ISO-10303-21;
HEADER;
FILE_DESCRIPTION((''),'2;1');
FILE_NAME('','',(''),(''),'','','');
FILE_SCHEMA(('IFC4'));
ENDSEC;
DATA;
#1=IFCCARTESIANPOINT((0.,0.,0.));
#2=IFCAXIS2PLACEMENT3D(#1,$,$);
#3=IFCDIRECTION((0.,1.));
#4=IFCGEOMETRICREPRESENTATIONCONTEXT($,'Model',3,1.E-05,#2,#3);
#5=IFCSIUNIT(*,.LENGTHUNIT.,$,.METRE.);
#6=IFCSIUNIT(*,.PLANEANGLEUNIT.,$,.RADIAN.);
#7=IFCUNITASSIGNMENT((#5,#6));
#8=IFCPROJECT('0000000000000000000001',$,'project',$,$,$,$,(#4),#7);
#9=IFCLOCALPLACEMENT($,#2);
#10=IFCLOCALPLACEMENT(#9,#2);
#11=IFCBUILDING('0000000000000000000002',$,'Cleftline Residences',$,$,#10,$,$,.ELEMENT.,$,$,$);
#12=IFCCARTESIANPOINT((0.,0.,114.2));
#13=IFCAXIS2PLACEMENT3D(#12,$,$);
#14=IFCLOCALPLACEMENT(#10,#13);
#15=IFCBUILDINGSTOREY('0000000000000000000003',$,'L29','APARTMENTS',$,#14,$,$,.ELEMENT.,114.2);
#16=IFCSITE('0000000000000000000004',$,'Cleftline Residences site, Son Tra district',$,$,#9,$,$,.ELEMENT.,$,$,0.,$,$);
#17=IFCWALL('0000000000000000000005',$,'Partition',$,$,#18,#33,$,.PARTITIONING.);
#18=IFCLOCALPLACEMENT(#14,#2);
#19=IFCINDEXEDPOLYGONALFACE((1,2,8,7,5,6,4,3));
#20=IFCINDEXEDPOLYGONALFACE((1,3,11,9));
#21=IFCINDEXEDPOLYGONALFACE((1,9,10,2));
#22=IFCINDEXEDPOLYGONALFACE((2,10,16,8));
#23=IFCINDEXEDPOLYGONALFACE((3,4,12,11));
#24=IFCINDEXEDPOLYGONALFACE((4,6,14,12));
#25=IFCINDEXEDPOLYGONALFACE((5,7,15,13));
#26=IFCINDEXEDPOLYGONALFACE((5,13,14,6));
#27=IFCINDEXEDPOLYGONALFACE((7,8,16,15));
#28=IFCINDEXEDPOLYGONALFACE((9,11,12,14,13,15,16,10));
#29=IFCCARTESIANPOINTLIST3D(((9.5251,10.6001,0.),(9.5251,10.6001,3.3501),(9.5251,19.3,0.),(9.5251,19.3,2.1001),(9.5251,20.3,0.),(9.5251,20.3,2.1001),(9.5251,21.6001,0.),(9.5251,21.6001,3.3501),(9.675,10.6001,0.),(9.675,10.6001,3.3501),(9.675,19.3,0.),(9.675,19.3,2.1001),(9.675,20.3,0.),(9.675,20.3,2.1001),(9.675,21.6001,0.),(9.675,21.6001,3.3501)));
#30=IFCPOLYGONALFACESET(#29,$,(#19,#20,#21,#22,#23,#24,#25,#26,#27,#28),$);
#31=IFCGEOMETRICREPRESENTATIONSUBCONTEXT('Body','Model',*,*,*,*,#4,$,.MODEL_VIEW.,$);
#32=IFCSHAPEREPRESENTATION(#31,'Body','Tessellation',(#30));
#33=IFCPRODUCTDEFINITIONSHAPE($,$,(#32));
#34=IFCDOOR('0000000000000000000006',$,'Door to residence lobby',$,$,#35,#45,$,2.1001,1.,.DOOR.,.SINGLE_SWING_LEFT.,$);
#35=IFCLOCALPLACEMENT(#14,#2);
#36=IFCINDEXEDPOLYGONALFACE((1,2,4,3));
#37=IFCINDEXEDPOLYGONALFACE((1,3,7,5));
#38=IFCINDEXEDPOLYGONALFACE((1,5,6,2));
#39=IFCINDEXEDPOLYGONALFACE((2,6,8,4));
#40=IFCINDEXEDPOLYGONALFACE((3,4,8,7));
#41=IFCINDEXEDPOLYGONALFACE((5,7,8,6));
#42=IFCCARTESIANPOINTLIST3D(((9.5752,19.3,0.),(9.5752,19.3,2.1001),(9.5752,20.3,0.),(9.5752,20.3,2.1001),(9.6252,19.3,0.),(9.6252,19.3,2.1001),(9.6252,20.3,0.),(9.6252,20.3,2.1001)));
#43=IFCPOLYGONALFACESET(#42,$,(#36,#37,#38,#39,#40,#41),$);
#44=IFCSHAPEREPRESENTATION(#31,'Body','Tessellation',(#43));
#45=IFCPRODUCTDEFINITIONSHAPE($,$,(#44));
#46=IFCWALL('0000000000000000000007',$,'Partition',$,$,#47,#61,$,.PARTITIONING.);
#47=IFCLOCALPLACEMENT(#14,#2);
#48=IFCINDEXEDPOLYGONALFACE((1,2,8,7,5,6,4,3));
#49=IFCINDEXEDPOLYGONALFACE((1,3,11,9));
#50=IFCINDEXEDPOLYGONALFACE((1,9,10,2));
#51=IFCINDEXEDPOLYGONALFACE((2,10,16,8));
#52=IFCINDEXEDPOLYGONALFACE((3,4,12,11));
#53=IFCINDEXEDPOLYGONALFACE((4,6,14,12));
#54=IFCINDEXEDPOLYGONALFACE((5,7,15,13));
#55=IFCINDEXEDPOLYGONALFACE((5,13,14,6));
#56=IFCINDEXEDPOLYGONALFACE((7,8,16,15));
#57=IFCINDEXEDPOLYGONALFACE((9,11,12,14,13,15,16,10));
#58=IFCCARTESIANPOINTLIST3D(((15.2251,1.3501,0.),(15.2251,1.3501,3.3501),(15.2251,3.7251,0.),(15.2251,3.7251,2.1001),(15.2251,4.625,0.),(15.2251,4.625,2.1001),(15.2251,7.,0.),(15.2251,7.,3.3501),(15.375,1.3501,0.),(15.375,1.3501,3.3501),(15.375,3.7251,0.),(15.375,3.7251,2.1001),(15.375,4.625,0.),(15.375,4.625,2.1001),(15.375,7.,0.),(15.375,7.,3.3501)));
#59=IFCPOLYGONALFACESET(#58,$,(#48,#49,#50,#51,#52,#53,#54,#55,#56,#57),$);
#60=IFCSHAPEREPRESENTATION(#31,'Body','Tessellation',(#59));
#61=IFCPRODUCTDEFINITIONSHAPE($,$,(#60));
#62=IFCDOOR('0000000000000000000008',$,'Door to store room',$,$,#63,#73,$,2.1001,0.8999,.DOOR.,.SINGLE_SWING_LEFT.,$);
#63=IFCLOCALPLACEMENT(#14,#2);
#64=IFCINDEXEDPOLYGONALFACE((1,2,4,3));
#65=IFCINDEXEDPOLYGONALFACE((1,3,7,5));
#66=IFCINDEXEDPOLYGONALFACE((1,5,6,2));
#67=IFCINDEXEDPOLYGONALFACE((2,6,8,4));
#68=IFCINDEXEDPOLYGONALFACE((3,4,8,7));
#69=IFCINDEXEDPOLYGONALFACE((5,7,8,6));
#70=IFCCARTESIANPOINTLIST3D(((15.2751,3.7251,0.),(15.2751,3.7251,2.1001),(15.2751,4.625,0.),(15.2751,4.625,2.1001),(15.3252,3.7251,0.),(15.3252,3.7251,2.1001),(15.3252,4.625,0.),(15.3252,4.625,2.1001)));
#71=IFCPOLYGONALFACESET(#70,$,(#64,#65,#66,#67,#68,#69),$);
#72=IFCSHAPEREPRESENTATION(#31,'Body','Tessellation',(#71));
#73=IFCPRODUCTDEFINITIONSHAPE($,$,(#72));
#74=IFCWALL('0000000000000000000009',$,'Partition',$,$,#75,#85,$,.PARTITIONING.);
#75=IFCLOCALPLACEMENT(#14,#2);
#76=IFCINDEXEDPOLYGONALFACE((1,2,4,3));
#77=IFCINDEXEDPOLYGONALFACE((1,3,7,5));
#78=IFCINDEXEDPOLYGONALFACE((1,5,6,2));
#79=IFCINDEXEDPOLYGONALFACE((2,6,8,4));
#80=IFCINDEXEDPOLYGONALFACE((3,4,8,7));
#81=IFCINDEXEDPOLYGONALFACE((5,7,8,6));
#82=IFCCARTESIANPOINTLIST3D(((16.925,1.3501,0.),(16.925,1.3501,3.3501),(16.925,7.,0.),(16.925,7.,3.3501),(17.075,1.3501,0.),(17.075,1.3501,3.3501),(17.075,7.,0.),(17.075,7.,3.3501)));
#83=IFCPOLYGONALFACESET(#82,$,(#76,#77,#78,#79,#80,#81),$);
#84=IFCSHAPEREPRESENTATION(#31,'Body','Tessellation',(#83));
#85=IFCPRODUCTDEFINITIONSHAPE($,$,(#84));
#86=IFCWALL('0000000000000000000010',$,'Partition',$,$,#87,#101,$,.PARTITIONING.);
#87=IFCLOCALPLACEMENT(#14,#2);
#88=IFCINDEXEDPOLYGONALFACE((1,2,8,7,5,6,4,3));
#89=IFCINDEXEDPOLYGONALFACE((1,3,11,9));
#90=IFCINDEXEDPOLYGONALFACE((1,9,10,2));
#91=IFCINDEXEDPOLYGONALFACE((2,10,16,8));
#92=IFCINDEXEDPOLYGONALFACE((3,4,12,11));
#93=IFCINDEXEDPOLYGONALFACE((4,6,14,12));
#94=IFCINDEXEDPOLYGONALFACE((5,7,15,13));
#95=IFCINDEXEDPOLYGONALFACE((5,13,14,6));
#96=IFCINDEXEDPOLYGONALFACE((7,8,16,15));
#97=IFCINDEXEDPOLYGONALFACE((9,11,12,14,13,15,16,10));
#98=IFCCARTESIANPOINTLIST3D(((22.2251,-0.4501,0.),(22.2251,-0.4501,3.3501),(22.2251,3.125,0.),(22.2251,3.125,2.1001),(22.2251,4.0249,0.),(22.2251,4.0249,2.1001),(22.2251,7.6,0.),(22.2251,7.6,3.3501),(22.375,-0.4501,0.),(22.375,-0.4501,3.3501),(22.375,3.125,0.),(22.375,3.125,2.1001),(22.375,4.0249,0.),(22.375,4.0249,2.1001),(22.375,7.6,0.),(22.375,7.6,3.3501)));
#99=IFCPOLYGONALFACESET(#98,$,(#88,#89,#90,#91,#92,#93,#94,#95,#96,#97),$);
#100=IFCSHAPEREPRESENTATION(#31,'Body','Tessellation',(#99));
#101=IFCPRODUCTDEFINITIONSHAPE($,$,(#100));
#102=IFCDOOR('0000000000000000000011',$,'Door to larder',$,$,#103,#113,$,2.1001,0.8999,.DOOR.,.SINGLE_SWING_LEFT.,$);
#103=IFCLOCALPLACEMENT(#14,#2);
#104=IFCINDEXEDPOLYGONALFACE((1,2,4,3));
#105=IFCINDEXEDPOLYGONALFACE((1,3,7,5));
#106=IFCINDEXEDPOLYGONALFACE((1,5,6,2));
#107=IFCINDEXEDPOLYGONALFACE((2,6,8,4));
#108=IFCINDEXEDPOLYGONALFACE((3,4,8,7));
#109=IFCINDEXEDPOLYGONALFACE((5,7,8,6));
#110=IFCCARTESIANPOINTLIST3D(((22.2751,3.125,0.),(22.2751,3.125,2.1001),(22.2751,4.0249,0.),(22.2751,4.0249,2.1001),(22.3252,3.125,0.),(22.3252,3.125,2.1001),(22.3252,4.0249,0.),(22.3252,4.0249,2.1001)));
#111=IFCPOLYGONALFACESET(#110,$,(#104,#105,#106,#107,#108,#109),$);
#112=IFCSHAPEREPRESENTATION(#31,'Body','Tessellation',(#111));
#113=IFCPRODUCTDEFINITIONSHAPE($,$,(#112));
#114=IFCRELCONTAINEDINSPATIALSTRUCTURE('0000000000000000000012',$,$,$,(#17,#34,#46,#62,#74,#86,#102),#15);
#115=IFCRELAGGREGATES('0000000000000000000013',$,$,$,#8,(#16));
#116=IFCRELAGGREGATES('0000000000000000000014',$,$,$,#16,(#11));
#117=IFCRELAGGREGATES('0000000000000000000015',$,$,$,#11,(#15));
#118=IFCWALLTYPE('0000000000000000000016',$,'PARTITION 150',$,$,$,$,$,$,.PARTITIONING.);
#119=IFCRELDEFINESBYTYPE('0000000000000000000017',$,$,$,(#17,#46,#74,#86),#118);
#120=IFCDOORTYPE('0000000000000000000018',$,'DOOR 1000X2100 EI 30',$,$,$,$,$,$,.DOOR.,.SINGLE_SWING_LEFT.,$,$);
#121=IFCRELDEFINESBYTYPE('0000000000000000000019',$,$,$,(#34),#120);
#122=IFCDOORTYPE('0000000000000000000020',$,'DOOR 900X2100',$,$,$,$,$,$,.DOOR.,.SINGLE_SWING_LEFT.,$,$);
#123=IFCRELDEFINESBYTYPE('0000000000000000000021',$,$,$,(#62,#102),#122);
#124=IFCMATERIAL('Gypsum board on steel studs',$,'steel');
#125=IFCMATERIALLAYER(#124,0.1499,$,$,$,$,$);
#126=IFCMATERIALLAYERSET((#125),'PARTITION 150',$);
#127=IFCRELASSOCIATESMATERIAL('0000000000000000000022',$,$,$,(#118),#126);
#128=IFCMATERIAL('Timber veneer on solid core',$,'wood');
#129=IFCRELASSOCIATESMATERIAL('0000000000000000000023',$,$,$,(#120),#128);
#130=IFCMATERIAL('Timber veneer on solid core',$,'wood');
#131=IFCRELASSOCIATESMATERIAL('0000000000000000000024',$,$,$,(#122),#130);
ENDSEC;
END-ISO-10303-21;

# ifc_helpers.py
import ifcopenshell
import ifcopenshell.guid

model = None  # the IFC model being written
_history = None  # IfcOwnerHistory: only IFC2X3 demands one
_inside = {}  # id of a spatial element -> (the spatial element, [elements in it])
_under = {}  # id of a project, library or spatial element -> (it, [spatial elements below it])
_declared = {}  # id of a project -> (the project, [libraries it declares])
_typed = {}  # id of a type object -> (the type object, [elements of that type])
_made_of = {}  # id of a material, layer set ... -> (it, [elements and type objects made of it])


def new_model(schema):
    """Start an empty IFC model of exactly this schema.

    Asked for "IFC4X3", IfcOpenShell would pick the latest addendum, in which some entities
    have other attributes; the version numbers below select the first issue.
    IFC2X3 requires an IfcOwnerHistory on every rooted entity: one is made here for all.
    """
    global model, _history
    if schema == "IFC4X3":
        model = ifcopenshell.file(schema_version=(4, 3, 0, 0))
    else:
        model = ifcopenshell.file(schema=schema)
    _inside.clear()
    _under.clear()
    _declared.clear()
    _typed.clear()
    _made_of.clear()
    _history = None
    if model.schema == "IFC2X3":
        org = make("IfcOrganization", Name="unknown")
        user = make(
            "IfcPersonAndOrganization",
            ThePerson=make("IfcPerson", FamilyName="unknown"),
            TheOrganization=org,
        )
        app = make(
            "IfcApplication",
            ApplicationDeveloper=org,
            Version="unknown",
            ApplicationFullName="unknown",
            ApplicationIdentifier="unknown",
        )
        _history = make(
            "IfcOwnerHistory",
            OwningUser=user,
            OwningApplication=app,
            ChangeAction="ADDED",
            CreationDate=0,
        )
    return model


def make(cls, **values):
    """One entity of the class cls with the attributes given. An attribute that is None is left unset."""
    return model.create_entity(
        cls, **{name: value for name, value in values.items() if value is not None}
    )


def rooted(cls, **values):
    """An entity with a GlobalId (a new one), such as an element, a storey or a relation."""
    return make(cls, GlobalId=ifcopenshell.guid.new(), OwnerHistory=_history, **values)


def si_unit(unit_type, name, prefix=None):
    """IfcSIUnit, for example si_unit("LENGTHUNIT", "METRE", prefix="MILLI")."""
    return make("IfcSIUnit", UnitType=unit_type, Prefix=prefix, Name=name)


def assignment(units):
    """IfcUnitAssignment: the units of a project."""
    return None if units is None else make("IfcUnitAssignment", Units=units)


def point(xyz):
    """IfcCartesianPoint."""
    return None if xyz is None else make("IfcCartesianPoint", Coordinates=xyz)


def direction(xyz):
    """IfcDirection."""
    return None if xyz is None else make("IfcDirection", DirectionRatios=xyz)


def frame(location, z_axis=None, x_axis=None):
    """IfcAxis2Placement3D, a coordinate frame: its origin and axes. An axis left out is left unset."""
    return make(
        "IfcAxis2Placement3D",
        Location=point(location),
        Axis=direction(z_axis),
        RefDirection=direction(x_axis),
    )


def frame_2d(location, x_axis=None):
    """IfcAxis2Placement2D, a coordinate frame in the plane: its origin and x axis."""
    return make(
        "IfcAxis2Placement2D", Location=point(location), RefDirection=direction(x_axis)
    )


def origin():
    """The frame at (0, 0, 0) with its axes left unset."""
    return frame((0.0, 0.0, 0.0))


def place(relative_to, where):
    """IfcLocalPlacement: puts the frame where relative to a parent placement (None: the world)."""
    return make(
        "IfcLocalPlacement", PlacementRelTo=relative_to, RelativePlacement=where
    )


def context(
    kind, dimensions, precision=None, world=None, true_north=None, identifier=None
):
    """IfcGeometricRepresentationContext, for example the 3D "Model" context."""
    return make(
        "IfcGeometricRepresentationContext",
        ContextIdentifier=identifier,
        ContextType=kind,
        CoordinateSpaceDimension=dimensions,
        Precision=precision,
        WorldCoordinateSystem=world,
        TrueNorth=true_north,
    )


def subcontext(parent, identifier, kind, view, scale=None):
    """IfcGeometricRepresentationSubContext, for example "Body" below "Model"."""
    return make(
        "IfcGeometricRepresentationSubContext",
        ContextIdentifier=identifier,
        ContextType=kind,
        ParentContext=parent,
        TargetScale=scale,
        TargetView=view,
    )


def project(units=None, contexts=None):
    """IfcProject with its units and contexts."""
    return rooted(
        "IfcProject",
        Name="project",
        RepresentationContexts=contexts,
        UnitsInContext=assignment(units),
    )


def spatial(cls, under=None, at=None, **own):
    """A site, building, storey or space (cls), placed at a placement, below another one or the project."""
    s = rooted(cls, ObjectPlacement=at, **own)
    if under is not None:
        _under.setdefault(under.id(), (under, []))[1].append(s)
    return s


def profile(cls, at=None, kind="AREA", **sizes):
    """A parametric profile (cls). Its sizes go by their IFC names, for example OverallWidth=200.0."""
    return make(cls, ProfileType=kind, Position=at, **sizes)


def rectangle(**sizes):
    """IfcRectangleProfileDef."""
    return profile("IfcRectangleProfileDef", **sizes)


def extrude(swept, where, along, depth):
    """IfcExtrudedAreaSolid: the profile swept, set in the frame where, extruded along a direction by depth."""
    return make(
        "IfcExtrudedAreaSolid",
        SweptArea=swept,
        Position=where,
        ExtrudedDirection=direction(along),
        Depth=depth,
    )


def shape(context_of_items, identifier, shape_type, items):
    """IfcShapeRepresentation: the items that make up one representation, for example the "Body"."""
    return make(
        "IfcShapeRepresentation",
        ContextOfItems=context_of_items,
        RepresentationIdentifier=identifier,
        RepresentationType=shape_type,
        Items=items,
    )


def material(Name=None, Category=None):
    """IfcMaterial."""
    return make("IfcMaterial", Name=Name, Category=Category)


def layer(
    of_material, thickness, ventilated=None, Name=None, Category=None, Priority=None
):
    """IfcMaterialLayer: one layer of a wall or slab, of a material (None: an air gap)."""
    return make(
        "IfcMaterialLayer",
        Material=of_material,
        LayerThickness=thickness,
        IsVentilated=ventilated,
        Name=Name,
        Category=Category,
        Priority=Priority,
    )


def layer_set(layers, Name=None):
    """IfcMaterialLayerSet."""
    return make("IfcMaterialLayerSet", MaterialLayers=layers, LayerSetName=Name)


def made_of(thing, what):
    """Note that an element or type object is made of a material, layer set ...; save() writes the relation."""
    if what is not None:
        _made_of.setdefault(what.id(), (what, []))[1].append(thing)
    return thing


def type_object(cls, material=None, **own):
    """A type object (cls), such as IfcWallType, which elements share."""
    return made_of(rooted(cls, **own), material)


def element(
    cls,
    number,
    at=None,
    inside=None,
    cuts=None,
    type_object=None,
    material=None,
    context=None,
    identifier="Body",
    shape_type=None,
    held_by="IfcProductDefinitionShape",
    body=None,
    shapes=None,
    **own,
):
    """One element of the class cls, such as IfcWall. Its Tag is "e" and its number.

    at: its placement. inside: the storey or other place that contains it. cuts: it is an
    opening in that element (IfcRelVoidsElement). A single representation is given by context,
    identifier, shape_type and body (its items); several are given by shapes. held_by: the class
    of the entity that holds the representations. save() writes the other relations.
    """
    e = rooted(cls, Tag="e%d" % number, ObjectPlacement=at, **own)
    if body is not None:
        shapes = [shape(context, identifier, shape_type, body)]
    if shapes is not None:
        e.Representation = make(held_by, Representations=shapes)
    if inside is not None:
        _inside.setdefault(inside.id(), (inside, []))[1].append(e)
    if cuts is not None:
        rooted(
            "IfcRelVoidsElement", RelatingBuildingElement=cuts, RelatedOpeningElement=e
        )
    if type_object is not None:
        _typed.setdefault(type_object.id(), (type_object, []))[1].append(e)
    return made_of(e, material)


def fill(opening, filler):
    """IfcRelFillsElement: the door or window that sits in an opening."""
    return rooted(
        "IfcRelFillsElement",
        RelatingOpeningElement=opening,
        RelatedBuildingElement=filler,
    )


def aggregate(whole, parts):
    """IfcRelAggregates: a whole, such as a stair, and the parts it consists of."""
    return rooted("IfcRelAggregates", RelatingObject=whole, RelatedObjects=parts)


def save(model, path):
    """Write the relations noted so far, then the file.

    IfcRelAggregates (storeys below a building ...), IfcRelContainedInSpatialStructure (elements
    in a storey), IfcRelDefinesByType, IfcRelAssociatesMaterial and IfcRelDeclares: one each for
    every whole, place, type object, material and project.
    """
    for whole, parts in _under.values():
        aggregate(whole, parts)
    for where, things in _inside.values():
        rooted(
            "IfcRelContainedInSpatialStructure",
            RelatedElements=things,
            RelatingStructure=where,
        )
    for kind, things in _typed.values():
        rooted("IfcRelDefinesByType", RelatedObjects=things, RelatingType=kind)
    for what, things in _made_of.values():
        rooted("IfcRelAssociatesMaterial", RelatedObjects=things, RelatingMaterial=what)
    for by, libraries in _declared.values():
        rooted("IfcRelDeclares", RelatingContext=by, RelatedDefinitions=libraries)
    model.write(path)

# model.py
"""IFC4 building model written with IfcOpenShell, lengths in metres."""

from ifc_helpers import new_model, si_unit, direction, frame, frame_2d, origin, place, context, subcontext, project, spatial, rectangle, extrude, material, layer, layer_set, type_object, element, fill, save


model = new_model("IFC4")

# Units and contexts
model_context = context("Model", 3, precision=1e-05, world=origin(), true_north=direction((0.0, 1.0)))
body_context = subcontext(model_context, "Body", "Model", "MODEL_VIEW")
ifc_project = project(units=[si_unit("LENGTHUNIT", "METRE"), si_unit("PLANEANGLEUNIT", "RADIAN")], contexts=[model_context])

# Site, building, storey
site_placement = place(None, origin())
site = spatial("IfcSite", under=ifc_project, at=site_placement, Name="Cleftline Residences site, Son Tra district", CompositionType="ELEMENT", RefElevation=0.0)
building_placement = place(site_placement, origin())
building = spatial("IfcBuilding", under=site, at=building_placement, Name="Cleftline Residences", CompositionType="ELEMENT")
storey_placement = place(building_placement, frame((0.0, 0.0, 114.2)))
storey = spatial("IfcBuildingStorey", under=building, at=storey_placement, Name="L29", Description="APARTMENTS", CompositionType="ELEMENT", Elevation=114.2)

# Walls, openings, doors
ifc_material_1 = material(Name="Gypsum board on steel studs", Category="steel")
ifc_layer_1 = layer(ifc_material_1, 0.1499)
ifc_layer_set_1 = layer_set([ifc_layer_1], Name="PARTITION 150")
wall_type = type_object("IfcWallType", Name="PARTITION 150", PredefinedType="PARTITIONING", material=ifc_layer_set_1)
wall_1_placement = place(storey_placement, frame((9.6001, 10.6001, 0.0), z_axis=(0.0, 0.0, 1.0), x_axis=(0.0, 1.0, 0.0)))
wall_1 = element("IfcWall", 1, at=wall_1_placement, inside=storey, type_object=wall_type, Name="Partition", PredefinedType="PARTITIONING", context=body_context, shape_type="SweptSolid", body=[
    extrude(rectangle(XDim=11.0, YDim=0.1499, at=frame_2d((5.5, 0.0))), origin(), (0.0, 0.0, 1.0), 3.3501),
])
opening_1_placement = place(wall_1_placement, frame((8.7, 0.0, 0.0)))
opening_1 = element("IfcOpeningElement", 2, at=opening_1_placement, cuts=wall_1, PredefinedType="OPENING", context=body_context, shape_type="SweptSolid", body=[
    extrude(rectangle(XDim=1.0, YDim=2.1001, at=frame_2d((0.5, 1.05))), frame((0.0, 0.085, 0.0), z_axis=(0.0, -1.0, 0.0), x_axis=(1.0, 0.0, 0.0)), (0.0, 0.0, 1.0), 0.1699),
])
ifc_material_2 = material(Name="Timber veneer on solid core", Category="wood")
door_type_1 = type_object("IfcDoorType", Name="DOOR 1000X2100 EI 30", OperationType="SINGLE_SWING_LEFT", PredefinedType="DOOR", material=ifc_material_2)
door_1_placement = place(opening_1_placement, origin())
door_1 = element("IfcDoor", 3, at=door_1_placement, inside=storey, type_object=door_type_1, Name="Door to residence lobby", OperationType="SINGLE_SWING_LEFT", OverallHeight=2.1001, OverallWidth=1.0, PredefinedType="DOOR", context=body_context, shape_type="SweptSolid", body=[
    extrude(rectangle(XDim=1.0, YDim=2.1001, at=frame_2d((0.5, 1.05))), frame((0.0, 0.0249, 0.0), z_axis=(0.0, -1.0, 0.0), x_axis=(1.0, 0.0, 0.0)), (0.0, 0.0, 1.0), 0.05),
])
fill(opening_1, door_1)
wall_2_placement = place(storey_placement, frame((15.3, 1.3501, 0.0), z_axis=(0.0, 0.0, 1.0), x_axis=(0.0, 1.0, 0.0)))
wall_2 = element("IfcWall", 4, at=wall_2_placement, inside=storey, type_object=wall_type, Name="Partition", PredefinedType="PARTITIONING", context=body_context, shape_type="SweptSolid", body=[
    extrude(rectangle(XDim=5.6499, YDim=0.1499, at=frame_2d((2.825, 0.0))), origin(), (0.0, 0.0, 1.0), 3.3501),
])
opening_2_placement = place(wall_2_placement, frame((2.375, 0.0, 0.0)))
opening_2 = element("IfcOpeningElement", 5, at=opening_2_placement, cuts=wall_2, PredefinedType="OPENING", context=body_context, shape_type="SweptSolid", body=[
    extrude(rectangle(XDim=0.8999, YDim=2.1001, at=frame_2d((0.45, 1.05))), frame((0.0, 0.085, 0.0), z_axis=(0.0, -1.0, 0.0), x_axis=(1.0, 0.0, 0.0)), (0.0, 0.0, 1.0), 0.1699),
])
ifc_material_3 = material(Name="Timber veneer on solid core", Category="wood")
door_type_2 = type_object("IfcDoorType", Name="DOOR 900X2100", OperationType="SINGLE_SWING_LEFT", PredefinedType="DOOR", material=ifc_material_3)
door_2_placement = place(opening_2_placement, origin())
door_2 = element("IfcDoor", 6, at=door_2_placement, inside=storey, type_object=door_type_2, Name="Door to store room", OperationType="SINGLE_SWING_LEFT", OverallHeight=2.1001, OverallWidth=0.8999, PredefinedType="DOOR", context=body_context, shape_type="SweptSolid", body=[
    extrude(rectangle(XDim=0.8999, YDim=2.1001, at=frame_2d((0.45, 1.05))), frame((0.0, 0.0249, 0.0), z_axis=(0.0, -1.0, 0.0), x_axis=(1.0, 0.0, 0.0)), (0.0, 0.0, 1.0), 0.05),
])
fill(opening_2, door_2)

# Wall
wall_3_placement = place(storey_placement, frame((17.0, 1.3501, 0.0), z_axis=(0.0, 0.0, 1.0), x_axis=(0.0, 1.0, 0.0)))
element("IfcWall", 7, at=wall_3_placement, inside=storey, type_object=wall_type, Name="Partition", PredefinedType="PARTITIONING", context=body_context, shape_type="SweptSolid", body=[
    extrude(rectangle(XDim=5.6499, YDim=0.1499, at=frame_2d((2.825, 0.0))), origin(), (0.0, 0.0, 1.0), 3.3501),
])

# Wall, opening, door
wall_4_placement = place(storey_placement, frame((22.3, -0.45, 0.0), z_axis=(0.0, 0.0, 1.0), x_axis=(0.0, 1.0, 0.0)))
wall_4 = element("IfcWall", 8, at=wall_4_placement, inside=storey, type_object=wall_type, Name="Partition", PredefinedType="PARTITIONING", context=body_context, shape_type="SweptSolid", body=[
    extrude(rectangle(XDim=8.05, YDim=0.1499, at=frame_2d((4.0249, 0.0))), origin(), (0.0, 0.0, 1.0), 3.3501),
])
opening_3_placement = place(wall_4_placement, frame((3.575, 0.0, 0.0)))
opening_3 = element("IfcOpeningElement", 9, at=opening_3_placement, cuts=wall_4, PredefinedType="OPENING", context=body_context, shape_type="SweptSolid", body=[
    extrude(rectangle(XDim=0.8999, YDim=2.1001, at=frame_2d((0.45, 1.05))), frame((0.0, 0.085, 0.0), z_axis=(0.0, -1.0, 0.0), x_axis=(1.0, 0.0, 0.0)), (0.0, 0.0, 1.0), 0.1699),
])
door_3_placement = place(opening_3_placement, origin())
door_3 = element("IfcDoor", 10, at=door_3_placement, inside=storey, type_object=door_type_2, Name="Door to larder", OperationType="SINGLE_SWING_LEFT", OverallHeight=2.1001, OverallWidth=0.8999, PredefinedType="DOOR", context=body_context, shape_type="SweptSolid", body=[
    extrude(rectangle(XDim=0.8999, YDim=2.1001, at=frame_2d((0.45, 1.05))), frame((0.0, 0.0249, 0.0), z_axis=(0.0, -1.0, 0.0), x_axis=(1.0, 0.0, 0.0)), (0.0, 0.0, 1.0), 0.05),
])
fill(opening_3, door_3)

save(model, "model.ifc")
